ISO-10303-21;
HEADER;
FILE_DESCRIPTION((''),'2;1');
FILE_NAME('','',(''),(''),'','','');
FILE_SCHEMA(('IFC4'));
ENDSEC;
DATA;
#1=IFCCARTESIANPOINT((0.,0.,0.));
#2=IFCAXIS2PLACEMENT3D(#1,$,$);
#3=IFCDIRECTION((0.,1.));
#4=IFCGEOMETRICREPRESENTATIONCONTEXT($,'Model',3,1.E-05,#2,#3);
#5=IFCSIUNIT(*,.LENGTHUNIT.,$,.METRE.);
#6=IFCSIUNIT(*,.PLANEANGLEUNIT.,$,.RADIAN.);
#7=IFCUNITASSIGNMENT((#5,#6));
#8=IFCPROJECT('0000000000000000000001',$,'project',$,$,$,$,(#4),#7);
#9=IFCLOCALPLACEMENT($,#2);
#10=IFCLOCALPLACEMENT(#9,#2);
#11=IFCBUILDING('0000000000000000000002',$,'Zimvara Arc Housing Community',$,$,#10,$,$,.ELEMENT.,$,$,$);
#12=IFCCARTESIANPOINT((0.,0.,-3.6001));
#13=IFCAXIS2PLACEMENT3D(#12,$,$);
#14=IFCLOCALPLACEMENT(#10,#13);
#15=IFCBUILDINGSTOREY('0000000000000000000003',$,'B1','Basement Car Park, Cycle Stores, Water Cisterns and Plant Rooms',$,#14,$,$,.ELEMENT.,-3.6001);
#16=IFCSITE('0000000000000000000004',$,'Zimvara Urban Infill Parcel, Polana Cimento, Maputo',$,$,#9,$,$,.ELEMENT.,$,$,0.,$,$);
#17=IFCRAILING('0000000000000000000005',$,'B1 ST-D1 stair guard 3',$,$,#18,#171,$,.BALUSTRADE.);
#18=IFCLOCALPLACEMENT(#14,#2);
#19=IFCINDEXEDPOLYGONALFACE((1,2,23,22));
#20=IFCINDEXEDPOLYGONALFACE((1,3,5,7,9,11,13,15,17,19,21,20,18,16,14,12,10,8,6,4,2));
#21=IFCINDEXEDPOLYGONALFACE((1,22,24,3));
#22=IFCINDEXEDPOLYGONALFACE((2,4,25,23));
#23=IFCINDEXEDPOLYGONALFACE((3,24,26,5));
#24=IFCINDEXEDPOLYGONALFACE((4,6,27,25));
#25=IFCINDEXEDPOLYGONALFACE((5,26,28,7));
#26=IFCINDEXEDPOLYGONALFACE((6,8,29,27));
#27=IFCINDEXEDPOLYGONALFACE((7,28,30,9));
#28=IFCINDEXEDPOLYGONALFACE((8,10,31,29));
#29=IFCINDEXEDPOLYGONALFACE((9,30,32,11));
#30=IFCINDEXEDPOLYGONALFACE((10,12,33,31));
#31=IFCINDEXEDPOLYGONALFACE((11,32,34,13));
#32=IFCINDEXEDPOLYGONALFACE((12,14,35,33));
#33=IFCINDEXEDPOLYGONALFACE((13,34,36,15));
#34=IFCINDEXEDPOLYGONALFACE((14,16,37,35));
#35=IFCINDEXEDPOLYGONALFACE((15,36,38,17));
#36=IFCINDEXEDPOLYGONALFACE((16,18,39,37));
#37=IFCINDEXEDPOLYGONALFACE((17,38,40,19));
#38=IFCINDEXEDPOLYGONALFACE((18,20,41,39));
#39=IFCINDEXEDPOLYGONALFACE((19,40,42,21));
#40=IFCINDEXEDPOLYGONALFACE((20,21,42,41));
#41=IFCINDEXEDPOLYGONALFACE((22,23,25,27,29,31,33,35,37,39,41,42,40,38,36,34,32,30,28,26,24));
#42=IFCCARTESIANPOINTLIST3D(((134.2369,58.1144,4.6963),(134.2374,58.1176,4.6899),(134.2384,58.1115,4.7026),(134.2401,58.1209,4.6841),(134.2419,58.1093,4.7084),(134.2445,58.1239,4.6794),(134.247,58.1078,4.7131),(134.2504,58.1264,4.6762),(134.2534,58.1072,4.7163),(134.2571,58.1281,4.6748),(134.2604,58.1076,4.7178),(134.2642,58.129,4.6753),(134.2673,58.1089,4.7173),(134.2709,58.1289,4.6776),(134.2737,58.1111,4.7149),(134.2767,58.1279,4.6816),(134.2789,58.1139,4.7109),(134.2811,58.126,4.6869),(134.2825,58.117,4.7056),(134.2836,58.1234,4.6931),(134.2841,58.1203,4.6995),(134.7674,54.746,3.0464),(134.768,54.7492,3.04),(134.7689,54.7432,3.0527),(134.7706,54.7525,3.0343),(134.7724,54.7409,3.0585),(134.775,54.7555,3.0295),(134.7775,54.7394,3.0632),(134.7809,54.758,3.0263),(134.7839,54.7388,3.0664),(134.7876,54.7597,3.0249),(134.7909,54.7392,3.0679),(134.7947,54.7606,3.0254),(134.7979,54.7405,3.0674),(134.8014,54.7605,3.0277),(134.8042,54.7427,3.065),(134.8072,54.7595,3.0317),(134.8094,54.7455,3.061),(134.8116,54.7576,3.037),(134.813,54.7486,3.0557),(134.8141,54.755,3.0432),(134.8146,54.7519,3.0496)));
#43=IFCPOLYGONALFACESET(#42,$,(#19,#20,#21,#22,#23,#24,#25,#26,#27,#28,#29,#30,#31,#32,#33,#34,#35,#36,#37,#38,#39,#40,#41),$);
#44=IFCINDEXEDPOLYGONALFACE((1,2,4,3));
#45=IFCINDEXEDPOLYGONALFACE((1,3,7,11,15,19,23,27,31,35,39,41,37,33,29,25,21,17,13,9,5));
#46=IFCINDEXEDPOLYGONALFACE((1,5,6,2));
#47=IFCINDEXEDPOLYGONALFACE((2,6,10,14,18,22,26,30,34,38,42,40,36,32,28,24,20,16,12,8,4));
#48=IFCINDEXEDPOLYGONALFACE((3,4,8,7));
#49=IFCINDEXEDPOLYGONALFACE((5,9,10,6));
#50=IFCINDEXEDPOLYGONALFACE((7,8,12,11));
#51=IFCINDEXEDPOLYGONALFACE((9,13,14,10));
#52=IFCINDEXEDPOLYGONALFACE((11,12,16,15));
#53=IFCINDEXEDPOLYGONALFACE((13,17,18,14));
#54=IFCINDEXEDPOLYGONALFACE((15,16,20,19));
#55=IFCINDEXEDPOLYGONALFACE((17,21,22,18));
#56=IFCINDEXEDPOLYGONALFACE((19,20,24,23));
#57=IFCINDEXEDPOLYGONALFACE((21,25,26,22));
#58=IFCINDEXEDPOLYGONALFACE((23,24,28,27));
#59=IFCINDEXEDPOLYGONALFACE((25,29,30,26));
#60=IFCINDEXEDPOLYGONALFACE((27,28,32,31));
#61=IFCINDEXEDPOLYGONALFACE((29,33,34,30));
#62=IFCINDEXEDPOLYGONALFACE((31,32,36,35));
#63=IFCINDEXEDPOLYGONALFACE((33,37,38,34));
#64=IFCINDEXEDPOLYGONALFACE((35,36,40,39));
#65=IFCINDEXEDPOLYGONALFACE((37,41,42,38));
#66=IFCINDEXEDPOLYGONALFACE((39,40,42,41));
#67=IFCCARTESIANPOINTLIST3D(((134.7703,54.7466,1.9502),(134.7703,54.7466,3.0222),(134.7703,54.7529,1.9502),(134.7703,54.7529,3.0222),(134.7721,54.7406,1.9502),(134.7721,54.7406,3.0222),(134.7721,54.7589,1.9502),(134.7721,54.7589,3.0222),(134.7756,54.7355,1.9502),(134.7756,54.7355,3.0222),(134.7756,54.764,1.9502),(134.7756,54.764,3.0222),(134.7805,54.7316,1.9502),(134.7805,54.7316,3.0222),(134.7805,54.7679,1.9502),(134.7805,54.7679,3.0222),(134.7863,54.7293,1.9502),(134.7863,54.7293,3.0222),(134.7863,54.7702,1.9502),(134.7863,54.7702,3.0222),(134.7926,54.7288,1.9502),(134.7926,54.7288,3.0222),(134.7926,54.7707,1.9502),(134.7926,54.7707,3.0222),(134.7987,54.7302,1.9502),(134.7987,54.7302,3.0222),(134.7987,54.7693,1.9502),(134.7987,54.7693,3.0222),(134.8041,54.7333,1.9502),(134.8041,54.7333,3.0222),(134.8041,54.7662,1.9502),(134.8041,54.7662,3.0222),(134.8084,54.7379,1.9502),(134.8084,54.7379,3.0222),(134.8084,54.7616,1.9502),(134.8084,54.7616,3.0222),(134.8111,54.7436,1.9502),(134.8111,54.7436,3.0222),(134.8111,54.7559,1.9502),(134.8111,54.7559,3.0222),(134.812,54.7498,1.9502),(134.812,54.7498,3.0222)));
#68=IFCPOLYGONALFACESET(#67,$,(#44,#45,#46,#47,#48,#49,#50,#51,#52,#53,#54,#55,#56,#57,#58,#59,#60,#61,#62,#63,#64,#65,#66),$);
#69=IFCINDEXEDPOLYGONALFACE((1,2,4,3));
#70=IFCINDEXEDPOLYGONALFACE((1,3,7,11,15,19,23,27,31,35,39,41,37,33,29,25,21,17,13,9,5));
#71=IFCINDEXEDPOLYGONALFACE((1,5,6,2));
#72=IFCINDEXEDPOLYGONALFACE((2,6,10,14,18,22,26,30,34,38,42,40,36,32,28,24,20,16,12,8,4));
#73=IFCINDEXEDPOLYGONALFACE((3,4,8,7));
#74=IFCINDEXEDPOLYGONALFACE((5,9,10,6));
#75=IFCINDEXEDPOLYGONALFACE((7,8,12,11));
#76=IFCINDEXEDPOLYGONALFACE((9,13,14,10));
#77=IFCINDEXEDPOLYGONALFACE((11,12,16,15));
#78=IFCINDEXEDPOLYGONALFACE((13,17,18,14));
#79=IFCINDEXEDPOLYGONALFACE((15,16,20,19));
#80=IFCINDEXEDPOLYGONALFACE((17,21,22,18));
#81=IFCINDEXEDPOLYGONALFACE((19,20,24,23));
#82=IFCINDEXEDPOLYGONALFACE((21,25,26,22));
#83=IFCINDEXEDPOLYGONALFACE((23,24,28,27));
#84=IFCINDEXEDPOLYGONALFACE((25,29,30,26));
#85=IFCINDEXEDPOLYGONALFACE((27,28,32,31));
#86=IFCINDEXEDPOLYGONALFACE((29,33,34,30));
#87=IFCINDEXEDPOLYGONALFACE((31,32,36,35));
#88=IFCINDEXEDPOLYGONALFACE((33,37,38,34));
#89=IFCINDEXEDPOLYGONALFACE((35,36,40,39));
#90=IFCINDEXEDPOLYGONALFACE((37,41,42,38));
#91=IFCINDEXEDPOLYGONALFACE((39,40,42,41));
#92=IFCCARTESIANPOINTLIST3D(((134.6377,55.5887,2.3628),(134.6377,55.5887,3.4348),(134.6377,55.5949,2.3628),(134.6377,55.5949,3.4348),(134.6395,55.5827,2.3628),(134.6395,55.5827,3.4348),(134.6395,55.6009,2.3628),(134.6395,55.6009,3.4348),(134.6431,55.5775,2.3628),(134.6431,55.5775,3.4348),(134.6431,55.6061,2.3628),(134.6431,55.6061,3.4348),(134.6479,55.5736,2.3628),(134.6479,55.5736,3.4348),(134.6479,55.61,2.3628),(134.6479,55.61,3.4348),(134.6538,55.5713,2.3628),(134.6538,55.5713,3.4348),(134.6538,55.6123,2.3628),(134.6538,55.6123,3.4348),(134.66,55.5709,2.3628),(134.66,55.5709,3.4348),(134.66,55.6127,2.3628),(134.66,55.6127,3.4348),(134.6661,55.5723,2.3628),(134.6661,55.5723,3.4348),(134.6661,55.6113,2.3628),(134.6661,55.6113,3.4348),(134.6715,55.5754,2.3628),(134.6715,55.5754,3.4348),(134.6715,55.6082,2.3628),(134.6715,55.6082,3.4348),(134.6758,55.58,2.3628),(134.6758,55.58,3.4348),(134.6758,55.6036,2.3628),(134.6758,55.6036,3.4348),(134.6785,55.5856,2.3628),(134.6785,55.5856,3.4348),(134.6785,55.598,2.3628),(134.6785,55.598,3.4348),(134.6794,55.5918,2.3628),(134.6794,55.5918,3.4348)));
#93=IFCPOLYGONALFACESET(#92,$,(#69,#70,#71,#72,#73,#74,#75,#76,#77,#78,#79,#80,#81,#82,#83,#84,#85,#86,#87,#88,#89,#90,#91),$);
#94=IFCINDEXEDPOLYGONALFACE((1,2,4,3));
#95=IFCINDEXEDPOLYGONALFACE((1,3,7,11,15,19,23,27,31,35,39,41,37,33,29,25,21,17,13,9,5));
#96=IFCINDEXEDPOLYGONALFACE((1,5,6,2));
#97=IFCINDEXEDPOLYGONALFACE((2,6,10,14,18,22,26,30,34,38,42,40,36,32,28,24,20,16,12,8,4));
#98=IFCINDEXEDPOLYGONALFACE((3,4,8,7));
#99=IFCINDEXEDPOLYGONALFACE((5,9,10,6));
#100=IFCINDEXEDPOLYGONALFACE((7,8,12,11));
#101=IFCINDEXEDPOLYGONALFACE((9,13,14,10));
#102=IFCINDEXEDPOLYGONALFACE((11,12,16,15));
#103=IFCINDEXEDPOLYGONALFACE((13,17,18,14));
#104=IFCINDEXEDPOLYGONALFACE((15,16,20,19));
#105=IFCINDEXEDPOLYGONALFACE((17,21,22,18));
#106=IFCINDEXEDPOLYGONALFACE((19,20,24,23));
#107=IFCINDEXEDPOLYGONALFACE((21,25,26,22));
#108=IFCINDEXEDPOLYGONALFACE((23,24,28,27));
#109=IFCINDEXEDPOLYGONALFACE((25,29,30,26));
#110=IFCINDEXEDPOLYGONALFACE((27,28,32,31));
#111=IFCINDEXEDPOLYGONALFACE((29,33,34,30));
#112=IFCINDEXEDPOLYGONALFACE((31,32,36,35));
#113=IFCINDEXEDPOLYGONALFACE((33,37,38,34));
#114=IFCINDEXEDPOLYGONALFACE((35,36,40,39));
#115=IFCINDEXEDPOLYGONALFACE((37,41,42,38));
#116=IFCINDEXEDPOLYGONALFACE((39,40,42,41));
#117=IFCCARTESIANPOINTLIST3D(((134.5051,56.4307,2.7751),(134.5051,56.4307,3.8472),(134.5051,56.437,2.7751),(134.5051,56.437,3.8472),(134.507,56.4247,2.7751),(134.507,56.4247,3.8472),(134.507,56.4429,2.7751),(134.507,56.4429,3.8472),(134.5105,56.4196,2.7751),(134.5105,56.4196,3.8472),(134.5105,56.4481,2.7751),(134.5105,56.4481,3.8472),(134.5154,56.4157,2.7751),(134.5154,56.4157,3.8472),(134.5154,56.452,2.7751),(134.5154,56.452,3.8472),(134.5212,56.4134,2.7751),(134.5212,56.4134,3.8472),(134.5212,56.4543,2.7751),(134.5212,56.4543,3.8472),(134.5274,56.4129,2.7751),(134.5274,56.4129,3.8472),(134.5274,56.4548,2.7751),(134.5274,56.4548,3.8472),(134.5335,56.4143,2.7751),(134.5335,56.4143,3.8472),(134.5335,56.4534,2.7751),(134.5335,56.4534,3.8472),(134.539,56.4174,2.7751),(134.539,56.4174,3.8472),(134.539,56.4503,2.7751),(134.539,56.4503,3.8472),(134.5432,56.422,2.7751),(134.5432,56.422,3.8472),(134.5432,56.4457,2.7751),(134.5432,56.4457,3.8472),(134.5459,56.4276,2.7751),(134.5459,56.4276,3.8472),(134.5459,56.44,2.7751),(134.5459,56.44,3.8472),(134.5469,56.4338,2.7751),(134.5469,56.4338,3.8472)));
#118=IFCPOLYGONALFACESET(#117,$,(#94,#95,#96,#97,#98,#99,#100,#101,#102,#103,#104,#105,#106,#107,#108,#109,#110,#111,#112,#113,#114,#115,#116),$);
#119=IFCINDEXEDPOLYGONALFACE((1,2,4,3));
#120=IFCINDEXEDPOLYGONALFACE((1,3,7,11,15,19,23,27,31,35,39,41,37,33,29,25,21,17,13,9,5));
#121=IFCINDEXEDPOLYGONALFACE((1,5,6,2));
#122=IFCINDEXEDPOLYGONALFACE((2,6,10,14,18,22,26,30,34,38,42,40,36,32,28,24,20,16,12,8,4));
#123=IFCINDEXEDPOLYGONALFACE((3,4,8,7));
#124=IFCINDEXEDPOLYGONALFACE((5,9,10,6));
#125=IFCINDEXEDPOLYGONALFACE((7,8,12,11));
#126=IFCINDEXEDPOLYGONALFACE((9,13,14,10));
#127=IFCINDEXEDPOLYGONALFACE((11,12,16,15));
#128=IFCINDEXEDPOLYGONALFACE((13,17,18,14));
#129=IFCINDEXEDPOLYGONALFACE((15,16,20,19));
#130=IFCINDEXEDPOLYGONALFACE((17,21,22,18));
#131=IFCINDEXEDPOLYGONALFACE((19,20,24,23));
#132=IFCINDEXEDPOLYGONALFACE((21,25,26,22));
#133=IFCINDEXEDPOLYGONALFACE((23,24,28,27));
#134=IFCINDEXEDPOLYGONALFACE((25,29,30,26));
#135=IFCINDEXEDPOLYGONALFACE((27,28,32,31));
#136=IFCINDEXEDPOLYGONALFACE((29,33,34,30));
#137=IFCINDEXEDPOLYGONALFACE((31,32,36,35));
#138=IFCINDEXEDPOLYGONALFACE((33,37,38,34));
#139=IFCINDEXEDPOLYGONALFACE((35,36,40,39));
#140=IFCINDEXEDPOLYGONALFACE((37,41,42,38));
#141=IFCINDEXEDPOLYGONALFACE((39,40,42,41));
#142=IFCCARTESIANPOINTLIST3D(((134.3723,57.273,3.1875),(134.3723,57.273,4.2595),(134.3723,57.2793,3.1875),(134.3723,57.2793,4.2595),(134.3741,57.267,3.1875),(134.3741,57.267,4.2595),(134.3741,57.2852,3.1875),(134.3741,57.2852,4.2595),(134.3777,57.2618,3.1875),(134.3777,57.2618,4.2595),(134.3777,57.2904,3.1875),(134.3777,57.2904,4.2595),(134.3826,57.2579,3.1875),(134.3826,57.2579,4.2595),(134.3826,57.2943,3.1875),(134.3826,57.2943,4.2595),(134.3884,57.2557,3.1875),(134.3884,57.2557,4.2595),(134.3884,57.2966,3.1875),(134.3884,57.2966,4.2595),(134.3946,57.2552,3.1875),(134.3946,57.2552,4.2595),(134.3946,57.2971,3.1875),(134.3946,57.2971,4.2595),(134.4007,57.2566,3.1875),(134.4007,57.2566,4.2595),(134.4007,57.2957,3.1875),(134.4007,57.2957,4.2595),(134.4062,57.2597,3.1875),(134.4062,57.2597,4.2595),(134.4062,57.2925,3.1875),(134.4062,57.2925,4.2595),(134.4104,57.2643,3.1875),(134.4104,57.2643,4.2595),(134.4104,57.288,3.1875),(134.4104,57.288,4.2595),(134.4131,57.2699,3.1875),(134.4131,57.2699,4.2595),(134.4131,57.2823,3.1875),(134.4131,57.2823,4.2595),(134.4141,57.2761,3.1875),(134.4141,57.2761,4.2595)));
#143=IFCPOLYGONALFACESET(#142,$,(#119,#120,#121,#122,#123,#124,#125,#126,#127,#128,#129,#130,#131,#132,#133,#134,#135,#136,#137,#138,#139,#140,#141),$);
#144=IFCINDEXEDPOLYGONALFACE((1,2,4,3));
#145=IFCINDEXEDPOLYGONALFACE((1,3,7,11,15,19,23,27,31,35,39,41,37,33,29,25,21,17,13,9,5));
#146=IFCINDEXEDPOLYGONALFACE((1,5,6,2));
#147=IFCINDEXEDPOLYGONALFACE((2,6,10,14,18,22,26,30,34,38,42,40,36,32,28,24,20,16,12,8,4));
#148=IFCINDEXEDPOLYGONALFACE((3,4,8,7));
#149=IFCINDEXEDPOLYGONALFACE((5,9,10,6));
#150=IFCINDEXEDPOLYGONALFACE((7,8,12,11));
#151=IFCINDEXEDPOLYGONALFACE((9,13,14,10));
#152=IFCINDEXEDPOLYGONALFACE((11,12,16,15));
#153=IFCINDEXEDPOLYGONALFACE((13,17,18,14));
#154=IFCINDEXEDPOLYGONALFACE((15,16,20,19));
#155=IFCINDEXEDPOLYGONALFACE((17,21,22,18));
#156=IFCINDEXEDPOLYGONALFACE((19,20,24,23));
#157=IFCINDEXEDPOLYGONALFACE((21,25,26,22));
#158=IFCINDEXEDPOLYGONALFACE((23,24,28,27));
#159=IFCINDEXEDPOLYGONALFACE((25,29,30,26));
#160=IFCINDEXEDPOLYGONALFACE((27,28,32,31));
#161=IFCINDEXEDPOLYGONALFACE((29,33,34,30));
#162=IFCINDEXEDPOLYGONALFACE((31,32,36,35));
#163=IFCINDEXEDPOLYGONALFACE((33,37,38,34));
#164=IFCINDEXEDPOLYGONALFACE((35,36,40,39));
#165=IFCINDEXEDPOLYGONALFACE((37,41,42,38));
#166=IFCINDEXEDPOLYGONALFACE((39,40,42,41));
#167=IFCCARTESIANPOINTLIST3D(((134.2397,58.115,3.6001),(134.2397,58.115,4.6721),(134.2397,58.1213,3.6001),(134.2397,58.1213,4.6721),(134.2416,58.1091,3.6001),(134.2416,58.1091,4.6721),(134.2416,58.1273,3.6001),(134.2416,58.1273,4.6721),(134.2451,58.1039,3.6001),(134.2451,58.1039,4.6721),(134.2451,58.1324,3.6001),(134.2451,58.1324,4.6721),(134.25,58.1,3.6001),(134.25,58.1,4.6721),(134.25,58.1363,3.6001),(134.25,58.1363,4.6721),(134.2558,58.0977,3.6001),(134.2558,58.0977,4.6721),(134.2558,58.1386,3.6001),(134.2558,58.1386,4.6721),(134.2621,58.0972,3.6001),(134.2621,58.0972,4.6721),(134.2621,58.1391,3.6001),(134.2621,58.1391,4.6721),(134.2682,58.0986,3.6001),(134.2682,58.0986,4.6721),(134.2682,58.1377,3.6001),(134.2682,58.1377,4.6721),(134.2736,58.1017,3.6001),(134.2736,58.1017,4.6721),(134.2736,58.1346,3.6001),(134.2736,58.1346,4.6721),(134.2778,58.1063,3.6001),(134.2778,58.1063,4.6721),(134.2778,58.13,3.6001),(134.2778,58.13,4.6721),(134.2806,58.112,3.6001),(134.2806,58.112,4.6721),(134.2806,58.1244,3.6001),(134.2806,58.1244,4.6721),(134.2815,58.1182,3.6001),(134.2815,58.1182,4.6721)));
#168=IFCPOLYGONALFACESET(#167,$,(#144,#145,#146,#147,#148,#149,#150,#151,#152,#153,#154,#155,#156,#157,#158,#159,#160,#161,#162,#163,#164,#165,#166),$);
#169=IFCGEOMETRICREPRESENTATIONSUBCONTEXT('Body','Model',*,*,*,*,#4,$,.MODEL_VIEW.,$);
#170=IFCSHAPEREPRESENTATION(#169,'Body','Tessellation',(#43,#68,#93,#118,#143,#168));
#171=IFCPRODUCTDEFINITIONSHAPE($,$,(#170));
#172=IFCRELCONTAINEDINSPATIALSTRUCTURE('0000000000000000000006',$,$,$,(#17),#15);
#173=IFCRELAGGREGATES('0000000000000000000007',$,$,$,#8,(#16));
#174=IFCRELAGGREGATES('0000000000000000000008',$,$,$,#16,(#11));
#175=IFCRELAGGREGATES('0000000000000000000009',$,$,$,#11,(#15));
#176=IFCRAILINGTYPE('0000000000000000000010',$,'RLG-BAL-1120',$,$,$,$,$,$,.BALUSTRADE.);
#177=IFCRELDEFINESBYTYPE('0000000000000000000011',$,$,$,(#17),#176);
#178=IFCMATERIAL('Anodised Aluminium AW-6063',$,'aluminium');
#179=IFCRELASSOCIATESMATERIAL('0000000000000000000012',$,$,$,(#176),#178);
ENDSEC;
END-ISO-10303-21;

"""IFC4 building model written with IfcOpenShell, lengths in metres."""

from ifc_helpers import new_model, si_unit, direction, frame, origin, origin_2d, place, context, subcontext, project, spatial, circle, extrude, material, type_object, element, save


model = new_model("IFC4")

# Units and contexts
model_context = context("Model", 3, precision=1e-05, world=origin(), true_north=direction((0.0, 1.0)))
body_context = subcontext(model_context, "Body", "Model", "MODEL_VIEW")
ifc_project = project(units=[si_unit("LENGTHUNIT", "METRE"), si_unit("PLANEANGLEUNIT", "RADIAN")], contexts=[model_context])

# Site, building, storey
site_placement = place(None, origin())
site = spatial("IfcSite", under=ifc_project, at=site_placement, Name="Zimvara Urban Infill Parcel, Polana Cimento, Maputo", CompositionType="ELEMENT", RefElevation=0.0)
building_placement = place(site_placement, origin())
building = spatial("IfcBuilding", under=site, at=building_placement, Name="Zimvara Arc Housing Community", CompositionType="ELEMENT")
storey_placement = place(building_placement, frame((0.0, 0.0, -3.6001)))
storey = spatial("IfcBuildingStorey", under=building, at=storey_placement, Name="B1", Description="Basement Car Park, Cycle Stores, Water Cisterns and Plant Rooms", CompositionType="ELEMENT", Elevation=-3.6001)

# Railing
ifc_material_1 = material(Name="Anodised Aluminium AW-6063", Category="aluminium")
railing_type_1 = type_object("IfcRailingType", Name="RLG-BAL-1120", PredefinedType="BALUSTRADE", material=ifc_material_1)
railing_1_placement = place(storey_placement, frame((134.791, 54.7498, 1.9502)))
element("IfcRailing", 1, at=railing_1_placement, inside=storey, type_object=railing_type_1, Name="B1 ST-D1 stair guard 3", PredefinedType="BALUSTRADE", context=body_context, shape_type="SweptSolid", body=[
    extrude(circle(Radius=0.0239, at=origin_2d()), frame((0.0, 0.0, 1.0962), z_axis=(-0.140048, 0.889205, 0.435547), x_axis=(-0.987823, -0.15558, 0.0)), (0.0, 0.0, 1.0), 3.7881),
    extrude(circle(Radius=0.021, at=origin_2d()), origin(), (0.0, 0.0, 1.0), 1.072),
    extrude(circle(Radius=0.021, at=origin_2d()), frame((-0.1326, 0.842, 0.4126)), (0.0, 0.0, 1.0), 1.072),
    extrude(circle(Radius=0.021, at=origin_2d()), frame((-0.2651, 1.6841, 0.825)), (0.0, 0.0, 1.0), 1.072),
    extrude(circle(Radius=0.021, at=origin_2d()), frame((-0.3979, 2.5264, 1.2373)), (0.0, 0.0, 1.0), 1.072),
    extrude(circle(Radius=0.021, at=origin_2d()), frame((-0.5305, 3.3684, 1.6499)), (0.0, 0.0, 1.0), 1.072),
])

save(model, "model.ifc")
